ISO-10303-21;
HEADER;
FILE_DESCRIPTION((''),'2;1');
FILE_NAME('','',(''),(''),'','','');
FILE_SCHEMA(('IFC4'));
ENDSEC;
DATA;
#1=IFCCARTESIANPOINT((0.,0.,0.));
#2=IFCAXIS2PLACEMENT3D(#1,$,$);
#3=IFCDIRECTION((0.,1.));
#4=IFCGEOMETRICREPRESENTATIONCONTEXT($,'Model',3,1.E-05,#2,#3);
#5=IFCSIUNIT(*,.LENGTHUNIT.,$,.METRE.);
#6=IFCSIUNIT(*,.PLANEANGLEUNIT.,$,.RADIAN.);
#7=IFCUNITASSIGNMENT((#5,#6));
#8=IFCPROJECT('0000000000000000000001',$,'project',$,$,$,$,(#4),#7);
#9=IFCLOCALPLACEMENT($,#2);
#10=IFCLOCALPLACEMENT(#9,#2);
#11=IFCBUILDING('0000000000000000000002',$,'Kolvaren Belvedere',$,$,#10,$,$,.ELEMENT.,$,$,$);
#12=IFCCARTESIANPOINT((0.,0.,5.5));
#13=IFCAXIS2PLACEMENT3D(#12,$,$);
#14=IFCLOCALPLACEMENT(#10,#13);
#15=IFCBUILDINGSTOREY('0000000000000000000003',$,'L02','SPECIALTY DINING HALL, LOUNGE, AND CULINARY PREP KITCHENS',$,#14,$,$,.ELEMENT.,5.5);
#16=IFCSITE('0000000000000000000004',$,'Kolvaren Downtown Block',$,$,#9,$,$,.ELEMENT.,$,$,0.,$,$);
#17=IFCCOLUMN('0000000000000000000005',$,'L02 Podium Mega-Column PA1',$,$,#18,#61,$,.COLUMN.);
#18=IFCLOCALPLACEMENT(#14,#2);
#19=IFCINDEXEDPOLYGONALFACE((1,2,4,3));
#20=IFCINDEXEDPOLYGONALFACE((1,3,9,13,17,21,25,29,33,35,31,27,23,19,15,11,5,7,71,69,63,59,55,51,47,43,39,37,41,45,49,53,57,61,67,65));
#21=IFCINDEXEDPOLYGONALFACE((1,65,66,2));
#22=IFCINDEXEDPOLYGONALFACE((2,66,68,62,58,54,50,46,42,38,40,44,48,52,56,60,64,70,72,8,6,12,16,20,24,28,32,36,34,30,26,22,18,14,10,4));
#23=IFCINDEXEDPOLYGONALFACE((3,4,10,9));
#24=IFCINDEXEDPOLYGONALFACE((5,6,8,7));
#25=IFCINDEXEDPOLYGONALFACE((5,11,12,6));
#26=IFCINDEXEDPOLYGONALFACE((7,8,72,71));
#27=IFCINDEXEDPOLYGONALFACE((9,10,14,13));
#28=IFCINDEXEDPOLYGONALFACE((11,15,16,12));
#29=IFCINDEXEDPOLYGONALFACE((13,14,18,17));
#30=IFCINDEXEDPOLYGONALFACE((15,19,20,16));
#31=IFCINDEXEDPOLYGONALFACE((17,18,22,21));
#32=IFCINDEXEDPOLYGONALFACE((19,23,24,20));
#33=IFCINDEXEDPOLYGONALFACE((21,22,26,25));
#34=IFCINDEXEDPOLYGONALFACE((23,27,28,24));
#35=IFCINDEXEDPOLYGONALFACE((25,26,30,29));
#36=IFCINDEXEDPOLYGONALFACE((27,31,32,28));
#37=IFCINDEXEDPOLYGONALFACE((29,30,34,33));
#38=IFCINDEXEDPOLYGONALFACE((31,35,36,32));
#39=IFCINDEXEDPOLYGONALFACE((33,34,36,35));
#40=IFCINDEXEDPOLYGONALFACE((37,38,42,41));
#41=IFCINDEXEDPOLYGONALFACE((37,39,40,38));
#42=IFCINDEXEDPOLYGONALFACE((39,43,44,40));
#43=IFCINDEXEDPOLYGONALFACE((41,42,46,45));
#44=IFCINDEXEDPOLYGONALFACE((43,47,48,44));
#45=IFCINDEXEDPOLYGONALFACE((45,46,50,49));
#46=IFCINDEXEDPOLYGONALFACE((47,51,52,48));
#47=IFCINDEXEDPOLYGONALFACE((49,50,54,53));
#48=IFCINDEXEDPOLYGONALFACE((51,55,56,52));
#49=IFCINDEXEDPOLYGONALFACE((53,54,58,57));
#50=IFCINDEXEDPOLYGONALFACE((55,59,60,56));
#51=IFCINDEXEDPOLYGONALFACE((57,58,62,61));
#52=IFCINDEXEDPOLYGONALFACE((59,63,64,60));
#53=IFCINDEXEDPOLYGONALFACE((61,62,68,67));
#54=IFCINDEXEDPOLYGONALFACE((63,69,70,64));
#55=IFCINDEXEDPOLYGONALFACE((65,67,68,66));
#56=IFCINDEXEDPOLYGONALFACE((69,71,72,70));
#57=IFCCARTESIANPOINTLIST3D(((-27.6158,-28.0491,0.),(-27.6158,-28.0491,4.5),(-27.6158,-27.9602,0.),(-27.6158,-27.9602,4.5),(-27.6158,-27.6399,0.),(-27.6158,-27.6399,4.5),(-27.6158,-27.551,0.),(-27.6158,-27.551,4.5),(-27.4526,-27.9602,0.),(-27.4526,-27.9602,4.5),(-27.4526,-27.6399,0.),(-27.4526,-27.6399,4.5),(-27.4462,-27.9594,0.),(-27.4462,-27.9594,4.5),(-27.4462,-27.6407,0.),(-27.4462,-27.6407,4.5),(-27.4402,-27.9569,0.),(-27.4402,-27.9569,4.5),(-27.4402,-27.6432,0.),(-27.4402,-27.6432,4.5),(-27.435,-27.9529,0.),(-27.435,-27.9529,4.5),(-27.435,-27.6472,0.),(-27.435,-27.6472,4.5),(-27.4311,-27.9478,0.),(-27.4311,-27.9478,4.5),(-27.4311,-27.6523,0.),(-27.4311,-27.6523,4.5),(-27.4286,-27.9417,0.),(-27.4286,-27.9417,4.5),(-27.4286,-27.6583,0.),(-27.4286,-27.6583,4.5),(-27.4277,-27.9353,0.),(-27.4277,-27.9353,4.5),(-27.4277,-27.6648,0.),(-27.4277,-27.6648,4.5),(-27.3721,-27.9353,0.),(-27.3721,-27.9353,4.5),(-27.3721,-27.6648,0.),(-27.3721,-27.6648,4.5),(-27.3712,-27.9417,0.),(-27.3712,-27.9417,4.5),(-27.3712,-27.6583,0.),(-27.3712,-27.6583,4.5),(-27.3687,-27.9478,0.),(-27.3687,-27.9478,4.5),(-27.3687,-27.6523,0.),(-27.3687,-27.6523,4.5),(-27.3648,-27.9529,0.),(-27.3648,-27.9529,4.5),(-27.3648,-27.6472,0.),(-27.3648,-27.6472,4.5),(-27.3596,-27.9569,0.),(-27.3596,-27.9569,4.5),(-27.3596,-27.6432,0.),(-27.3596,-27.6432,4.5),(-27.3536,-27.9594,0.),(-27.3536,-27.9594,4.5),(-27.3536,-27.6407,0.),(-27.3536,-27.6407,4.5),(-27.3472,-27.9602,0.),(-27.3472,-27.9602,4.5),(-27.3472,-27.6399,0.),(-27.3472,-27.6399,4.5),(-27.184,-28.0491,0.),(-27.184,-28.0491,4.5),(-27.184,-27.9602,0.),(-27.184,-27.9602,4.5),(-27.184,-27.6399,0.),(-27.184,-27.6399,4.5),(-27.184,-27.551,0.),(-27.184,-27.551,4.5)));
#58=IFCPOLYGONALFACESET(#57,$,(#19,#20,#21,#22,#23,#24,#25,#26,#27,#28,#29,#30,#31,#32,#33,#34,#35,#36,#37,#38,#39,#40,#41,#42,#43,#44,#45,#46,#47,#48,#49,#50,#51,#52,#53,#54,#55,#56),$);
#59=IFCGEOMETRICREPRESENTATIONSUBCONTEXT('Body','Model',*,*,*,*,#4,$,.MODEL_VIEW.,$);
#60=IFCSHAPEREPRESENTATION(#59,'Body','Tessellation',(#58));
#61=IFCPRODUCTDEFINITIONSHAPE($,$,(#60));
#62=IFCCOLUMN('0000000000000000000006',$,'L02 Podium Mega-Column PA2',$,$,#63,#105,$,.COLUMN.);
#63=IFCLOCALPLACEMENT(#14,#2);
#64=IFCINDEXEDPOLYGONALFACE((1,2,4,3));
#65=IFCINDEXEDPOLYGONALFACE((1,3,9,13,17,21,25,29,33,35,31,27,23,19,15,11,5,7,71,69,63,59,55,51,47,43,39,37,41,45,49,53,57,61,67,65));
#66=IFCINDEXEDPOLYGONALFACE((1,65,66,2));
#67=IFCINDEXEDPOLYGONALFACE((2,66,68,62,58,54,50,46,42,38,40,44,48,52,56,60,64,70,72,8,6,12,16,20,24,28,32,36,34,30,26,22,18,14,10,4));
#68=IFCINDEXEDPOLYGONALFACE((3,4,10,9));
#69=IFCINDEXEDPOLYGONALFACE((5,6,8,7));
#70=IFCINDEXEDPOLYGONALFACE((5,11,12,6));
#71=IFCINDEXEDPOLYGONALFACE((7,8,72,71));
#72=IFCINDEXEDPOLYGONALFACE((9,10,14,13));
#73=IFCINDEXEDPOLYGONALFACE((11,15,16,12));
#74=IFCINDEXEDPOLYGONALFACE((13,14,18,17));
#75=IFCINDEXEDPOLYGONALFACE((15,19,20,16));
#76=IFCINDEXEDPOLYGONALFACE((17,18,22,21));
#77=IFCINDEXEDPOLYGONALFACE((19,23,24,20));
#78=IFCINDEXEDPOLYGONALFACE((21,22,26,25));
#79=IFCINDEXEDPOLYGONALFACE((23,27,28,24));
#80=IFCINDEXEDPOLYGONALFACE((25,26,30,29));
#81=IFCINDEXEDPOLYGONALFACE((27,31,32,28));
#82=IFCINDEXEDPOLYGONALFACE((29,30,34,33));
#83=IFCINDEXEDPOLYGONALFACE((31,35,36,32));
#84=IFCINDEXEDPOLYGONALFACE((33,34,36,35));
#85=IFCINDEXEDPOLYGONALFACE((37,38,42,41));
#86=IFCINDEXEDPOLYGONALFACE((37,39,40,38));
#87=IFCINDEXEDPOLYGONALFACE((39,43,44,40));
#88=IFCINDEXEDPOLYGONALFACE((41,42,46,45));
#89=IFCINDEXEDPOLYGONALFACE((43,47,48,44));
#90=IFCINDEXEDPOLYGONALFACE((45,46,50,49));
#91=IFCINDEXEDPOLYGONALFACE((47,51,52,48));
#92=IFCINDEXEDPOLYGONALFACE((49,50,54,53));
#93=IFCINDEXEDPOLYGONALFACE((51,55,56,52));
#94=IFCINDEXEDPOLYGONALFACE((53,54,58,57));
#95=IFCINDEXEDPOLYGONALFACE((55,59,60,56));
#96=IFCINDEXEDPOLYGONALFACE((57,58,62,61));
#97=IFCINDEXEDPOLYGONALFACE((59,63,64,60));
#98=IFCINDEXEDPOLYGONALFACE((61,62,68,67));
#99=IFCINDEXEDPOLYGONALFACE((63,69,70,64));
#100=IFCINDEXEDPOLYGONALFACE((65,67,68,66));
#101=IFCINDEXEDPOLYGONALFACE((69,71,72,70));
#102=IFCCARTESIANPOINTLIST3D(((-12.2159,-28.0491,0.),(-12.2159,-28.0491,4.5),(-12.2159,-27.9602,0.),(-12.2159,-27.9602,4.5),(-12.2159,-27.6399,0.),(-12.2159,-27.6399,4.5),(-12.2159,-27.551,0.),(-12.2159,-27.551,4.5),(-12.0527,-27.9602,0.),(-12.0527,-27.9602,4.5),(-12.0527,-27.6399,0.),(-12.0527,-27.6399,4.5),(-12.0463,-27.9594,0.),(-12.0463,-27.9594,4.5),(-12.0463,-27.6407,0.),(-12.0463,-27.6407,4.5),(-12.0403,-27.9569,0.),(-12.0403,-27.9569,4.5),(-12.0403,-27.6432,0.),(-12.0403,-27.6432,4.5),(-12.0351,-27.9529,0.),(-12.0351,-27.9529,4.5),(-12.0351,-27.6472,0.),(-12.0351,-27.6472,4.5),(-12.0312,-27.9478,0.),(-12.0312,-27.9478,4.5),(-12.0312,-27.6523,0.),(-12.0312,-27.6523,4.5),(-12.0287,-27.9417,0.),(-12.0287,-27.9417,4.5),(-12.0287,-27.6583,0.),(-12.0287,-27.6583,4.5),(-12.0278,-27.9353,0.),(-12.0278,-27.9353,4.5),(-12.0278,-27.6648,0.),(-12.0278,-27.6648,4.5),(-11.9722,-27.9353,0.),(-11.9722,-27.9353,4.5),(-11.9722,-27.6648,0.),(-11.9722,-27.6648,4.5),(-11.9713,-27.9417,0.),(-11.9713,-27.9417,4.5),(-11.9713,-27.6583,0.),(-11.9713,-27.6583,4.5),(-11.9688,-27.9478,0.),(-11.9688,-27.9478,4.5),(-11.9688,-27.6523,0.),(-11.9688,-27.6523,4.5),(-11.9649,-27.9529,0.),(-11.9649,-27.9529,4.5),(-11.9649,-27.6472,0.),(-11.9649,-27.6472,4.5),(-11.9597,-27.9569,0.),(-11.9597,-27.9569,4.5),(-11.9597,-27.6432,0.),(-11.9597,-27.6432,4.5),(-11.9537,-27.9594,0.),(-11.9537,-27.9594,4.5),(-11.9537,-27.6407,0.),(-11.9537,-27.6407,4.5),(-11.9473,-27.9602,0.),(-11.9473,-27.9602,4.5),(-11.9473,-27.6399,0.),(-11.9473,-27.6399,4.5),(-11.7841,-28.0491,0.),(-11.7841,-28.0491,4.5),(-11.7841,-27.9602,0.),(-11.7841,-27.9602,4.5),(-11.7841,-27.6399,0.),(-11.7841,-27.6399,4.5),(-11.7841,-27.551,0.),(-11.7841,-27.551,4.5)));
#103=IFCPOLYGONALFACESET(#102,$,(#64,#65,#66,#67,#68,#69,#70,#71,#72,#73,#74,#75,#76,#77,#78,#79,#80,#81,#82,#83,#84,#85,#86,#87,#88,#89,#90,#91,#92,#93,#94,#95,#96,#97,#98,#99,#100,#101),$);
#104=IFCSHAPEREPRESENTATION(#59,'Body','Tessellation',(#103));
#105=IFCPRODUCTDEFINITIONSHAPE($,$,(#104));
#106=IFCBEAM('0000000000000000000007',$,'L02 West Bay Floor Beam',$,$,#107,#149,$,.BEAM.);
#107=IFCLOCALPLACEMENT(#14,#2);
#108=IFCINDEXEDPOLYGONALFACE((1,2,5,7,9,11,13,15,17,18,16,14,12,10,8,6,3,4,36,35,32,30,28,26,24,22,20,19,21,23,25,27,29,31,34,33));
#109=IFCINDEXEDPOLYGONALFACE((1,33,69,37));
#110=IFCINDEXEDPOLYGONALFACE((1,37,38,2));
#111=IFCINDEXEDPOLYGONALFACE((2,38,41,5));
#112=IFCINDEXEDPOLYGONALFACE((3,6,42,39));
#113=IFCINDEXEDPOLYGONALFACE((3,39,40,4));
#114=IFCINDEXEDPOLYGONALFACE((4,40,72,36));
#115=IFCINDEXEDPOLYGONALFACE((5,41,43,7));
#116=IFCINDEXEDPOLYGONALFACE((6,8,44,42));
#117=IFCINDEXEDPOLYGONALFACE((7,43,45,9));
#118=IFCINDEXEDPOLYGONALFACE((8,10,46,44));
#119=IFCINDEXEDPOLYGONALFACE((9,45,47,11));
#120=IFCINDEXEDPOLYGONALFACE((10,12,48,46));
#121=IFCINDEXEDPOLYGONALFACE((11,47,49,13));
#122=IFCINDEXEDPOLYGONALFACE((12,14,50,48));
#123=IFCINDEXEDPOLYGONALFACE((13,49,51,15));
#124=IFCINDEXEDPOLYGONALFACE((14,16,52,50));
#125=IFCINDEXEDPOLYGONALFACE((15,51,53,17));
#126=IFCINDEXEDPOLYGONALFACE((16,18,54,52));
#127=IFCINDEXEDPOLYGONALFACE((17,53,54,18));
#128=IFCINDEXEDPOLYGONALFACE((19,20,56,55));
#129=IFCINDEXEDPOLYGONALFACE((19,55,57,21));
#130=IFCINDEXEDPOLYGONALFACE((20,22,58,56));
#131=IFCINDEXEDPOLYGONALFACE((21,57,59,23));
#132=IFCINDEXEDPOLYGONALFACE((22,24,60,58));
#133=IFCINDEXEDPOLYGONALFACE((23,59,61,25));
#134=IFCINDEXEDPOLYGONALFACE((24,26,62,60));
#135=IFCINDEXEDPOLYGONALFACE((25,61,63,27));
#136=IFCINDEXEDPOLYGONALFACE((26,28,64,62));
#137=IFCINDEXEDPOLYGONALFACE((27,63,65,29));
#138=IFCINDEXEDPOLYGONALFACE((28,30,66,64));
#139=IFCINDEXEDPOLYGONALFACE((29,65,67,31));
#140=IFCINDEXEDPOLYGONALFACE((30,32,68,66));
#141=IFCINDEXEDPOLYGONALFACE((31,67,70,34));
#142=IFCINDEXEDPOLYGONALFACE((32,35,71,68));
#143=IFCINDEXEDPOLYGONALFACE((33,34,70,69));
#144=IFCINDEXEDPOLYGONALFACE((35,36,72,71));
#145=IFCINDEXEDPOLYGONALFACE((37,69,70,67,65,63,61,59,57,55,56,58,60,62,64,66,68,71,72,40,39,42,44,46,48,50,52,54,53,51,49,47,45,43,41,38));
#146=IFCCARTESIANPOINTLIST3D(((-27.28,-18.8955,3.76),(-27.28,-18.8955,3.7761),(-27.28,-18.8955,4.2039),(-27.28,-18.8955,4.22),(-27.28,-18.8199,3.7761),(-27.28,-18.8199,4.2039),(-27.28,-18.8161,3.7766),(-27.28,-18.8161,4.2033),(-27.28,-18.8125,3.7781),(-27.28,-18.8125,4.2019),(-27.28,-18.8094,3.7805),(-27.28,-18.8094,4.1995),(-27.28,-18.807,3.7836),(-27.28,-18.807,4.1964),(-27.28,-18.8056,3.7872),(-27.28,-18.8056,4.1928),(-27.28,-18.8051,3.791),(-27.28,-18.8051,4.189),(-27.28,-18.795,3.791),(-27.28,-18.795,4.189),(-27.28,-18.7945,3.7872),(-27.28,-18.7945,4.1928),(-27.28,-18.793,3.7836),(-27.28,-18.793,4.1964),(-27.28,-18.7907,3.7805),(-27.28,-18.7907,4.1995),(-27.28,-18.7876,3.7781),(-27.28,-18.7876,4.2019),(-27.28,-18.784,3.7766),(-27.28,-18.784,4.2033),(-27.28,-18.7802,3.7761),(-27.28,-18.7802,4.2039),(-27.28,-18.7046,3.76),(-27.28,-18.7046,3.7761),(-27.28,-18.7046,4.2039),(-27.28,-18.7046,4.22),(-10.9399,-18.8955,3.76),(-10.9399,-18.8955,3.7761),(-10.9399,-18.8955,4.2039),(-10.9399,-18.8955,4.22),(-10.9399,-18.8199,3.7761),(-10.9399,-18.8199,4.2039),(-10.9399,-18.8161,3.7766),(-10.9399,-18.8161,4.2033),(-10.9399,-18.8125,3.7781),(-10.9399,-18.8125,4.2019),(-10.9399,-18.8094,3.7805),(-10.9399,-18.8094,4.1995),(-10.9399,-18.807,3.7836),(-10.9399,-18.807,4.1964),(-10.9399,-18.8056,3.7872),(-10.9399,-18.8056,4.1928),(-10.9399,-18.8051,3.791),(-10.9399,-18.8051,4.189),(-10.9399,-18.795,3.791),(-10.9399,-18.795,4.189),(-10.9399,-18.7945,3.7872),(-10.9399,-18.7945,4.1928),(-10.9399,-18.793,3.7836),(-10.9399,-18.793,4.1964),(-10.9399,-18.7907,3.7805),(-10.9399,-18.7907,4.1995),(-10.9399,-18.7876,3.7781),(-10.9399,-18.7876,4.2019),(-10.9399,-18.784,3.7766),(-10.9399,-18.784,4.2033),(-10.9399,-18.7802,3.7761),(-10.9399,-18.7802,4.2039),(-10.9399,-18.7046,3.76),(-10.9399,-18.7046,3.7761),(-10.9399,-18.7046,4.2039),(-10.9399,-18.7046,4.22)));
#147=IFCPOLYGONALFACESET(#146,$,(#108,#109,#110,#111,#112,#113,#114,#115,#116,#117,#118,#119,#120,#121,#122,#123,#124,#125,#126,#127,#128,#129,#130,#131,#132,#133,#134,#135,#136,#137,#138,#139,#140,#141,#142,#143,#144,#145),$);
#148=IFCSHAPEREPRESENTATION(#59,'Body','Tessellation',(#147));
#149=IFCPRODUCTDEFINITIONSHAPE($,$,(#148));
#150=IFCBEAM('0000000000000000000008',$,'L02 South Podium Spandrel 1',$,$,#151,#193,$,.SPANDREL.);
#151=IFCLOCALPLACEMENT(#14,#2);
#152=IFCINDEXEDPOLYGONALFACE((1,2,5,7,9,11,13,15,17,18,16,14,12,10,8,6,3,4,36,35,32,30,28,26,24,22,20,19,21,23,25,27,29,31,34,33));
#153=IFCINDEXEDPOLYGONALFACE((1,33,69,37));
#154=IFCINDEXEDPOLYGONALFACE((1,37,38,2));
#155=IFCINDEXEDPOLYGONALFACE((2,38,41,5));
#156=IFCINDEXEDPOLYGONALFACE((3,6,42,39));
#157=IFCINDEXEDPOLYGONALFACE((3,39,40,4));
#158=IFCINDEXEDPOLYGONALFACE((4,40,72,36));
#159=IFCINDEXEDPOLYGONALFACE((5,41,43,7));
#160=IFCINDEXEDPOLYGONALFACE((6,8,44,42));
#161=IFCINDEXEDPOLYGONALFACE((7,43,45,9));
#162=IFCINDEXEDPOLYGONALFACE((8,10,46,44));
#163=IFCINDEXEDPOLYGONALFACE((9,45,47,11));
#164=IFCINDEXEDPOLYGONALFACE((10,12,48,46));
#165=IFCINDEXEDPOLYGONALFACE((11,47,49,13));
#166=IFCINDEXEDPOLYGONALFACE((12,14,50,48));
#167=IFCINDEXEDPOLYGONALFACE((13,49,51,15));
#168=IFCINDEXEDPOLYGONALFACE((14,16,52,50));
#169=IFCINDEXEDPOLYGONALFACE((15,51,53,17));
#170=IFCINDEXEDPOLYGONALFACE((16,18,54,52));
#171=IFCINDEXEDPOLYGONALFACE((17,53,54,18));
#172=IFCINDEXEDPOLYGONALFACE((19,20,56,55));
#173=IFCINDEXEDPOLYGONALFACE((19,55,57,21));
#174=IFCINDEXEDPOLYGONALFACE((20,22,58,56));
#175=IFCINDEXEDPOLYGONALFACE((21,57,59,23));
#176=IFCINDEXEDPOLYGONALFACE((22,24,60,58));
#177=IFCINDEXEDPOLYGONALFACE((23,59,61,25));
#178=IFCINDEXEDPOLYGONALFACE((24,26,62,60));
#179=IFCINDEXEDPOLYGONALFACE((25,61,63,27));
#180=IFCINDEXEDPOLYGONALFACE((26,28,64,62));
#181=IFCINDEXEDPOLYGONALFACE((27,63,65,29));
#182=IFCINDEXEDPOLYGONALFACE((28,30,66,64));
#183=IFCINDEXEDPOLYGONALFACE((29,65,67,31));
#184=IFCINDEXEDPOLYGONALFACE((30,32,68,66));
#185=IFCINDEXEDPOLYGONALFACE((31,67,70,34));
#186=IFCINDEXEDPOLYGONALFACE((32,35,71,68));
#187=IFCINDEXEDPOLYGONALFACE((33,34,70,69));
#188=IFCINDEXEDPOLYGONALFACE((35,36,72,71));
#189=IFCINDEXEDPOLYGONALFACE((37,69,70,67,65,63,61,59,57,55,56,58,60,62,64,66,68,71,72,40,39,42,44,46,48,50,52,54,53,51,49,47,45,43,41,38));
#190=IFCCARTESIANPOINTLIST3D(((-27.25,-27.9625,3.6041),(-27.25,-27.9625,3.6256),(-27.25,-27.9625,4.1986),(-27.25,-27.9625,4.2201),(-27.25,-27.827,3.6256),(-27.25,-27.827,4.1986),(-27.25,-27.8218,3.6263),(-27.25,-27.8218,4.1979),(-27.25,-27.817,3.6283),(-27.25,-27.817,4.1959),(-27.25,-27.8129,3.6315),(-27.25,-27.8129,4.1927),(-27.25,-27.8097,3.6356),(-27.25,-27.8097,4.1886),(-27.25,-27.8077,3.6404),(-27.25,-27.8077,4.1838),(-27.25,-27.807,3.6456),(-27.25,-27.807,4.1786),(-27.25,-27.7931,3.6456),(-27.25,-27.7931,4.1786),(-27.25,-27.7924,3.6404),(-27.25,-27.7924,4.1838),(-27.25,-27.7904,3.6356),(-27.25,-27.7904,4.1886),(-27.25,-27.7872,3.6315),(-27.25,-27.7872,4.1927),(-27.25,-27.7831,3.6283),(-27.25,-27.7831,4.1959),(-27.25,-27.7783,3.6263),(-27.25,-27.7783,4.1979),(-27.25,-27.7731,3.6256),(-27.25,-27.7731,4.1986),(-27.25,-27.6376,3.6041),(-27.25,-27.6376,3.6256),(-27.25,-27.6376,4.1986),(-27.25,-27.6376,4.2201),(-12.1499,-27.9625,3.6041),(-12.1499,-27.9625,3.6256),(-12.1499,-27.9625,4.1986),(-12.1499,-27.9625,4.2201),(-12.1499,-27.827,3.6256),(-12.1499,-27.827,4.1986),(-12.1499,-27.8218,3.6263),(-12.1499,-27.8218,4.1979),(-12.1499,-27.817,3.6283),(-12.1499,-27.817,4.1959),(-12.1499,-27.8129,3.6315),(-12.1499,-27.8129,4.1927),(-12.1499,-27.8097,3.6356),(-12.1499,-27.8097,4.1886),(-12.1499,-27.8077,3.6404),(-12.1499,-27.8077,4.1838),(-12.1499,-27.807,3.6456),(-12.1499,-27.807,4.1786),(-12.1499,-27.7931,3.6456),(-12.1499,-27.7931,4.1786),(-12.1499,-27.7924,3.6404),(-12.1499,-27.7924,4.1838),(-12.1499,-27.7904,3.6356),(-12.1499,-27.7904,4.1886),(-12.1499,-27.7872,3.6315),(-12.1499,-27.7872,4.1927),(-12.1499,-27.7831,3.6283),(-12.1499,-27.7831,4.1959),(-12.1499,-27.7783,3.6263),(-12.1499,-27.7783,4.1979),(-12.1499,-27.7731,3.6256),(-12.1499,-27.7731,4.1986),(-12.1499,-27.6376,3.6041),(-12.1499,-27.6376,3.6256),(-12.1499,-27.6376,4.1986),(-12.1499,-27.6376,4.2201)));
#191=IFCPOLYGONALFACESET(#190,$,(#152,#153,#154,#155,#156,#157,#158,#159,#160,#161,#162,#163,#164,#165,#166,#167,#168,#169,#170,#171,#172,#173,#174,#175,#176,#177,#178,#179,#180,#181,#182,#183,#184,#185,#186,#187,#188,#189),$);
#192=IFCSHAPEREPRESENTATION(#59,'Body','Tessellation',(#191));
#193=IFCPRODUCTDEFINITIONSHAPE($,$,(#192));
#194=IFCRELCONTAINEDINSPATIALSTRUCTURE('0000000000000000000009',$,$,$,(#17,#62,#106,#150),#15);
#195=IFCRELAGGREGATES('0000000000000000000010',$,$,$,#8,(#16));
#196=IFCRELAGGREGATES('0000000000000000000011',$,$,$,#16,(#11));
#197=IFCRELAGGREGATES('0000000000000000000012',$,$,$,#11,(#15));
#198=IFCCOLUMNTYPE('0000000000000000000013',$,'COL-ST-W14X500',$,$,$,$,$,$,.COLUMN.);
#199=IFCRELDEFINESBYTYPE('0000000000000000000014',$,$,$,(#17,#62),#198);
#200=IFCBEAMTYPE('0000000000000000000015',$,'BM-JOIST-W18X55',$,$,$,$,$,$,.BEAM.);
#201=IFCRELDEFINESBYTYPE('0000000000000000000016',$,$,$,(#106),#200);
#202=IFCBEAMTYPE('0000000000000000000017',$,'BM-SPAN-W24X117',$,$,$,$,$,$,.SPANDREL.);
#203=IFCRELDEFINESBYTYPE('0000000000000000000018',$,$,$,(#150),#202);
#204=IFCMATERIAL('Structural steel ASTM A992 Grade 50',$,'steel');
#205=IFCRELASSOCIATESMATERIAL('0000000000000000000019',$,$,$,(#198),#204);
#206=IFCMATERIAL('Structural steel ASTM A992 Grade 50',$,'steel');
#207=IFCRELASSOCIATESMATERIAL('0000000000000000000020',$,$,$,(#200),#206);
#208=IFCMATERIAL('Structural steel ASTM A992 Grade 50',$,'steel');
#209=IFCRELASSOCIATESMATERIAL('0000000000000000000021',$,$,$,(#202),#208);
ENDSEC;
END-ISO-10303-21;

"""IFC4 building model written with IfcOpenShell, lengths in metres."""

from ifc_helpers import new_model, si_unit, direction, frame, origin, origin_2d, place, context, subcontext, project, spatial, i_section, extrude, material, material_profile, profile_set, type_object, element, save


model = new_model("IFC4")

# Units and contexts
model_context = context("Model", 3, precision=1e-05, world=origin(), true_north=direction((0.0, 1.0)))
body_context = subcontext(model_context, "Body", "Model", "MODEL_VIEW")
ifc_project = project(units=[si_unit("LENGTHUNIT", "METRE"), si_unit("PLANEANGLEUNIT", "RADIAN")], contexts=[model_context])

# Site, building, storey
site_placement = place(None, origin())
site = spatial("IfcSite", under=ifc_project, at=site_placement, Name="Kolvaren Downtown Block", CompositionType="ELEMENT", RefElevation=0.0)
building_placement = place(site_placement, origin())
building = spatial("IfcBuilding", under=site, at=building_placement, Name="Kolvaren Belvedere", CompositionType="ELEMENT")
storey_placement = place(building_placement, frame((0.0, 0.0, 5.5)))
storey = spatial("IfcBuildingStorey", under=building, at=storey_placement, Name="L02", Description="SPECIALTY DINING HALL, LOUNGE, AND CULINARY PREP KITCHENS", CompositionType="ELEMENT", Elevation=5.5)

# Columns
ifc_material_1 = material(Name="Structural steel ASTM A992 Grade 50", Category="steel")
ifc_material_profile_1 = material_profile(ifc_material_1, i_section(OverallWidth=0.4319, OverallDepth=0.498, WebThickness=0.0557, FlangeThickness=0.0889, FilletRadius=0.0249, at=origin_2d()), Name="W14X500")
ifc_profile_set_1 = profile_set([ifc_material_profile_1], Name="Structural steel ASTM A992 Grade 50")
column_type = type_object("IfcColumnType", Name="COL-ST-W14X500", PredefinedType="COLUMN", material=ifc_profile_set_1)
for number, where, z_axis, x_axis, name in (
    (1, (-27.3999, -27.8, 0.0), (0.0, 0.0, 1.0), (1.0, 0.0, 0.0), "L02 Podium Mega-Column PA1"),
    (2, (-12.0, -27.8, 0.0), (0.0, 0.0, 1.0), (1.0, 0.0, 0.0), "L02 Podium Mega-Column PA2"),
):
    element("IfcColumn", number, at=place(storey_placement, frame(where, z_axis=z_axis, x_axis=x_axis)), inside=storey, type_object=column_type, Name=name, PredefinedType="COLUMN", context=body_context, shape_type="SweptSolid", body=[
        extrude(i_section(OverallWidth=0.4319, OverallDepth=0.498, WebThickness=0.0557, FlangeThickness=0.0889, FilletRadius=0.0249, at=origin_2d()), origin(), (0.0, 0.0, 1.0), 4.5),
    ])

# Beams
ifc_material_2 = material(Name="Structural steel ASTM A992 Grade 50", Category="steel")
ifc_material_profile_2 = material_profile(ifc_material_2, i_section(OverallWidth=0.1909, OverallDepth=0.46, WebThickness=0.01, FlangeThickness=0.0161, FilletRadius=0.0149, at=origin_2d()), Name="W18X55")
ifc_profile_set_2 = profile_set([ifc_material_profile_2], Name="Structural steel ASTM A992 Grade 50")
beam_type_1 = type_object("IfcBeamType", Name="BM-JOIST-W18X55", PredefinedType="BEAM", material=ifc_profile_set_2)
beam_1_placement = place(storey_placement, frame((-27.28, -18.8, 3.99), z_axis=(1.0, 0.0, 0.0), x_axis=(0.0, 1.0, 0.0)))
element("IfcBeam", 3, at=beam_1_placement, inside=storey, type_object=beam_type_1, Name="L02 West Bay Floor Beam", PredefinedType="BEAM", context=body_context, shape_type="SweptSolid", body=[
    extrude(i_section(OverallWidth=0.1909, OverallDepth=0.46, WebThickness=0.01, FlangeThickness=0.0161, FilletRadius=0.0149, at=origin_2d()), origin(), (0.0, 0.0, 1.0), 16.3401),
])
ifc_material_3 = material(Name="Structural steel ASTM A992 Grade 50", Category="steel")
ifc_material_profile_3 = material_profile(ifc_material_3, i_section(OverallWidth=0.325, OverallDepth=0.616, WebThickness=0.0139, FlangeThickness=0.0215, FilletRadius=0.02, at=origin_2d()), Name="W24X117")
ifc_profile_set_3 = profile_set([ifc_material_profile_3], Name="Structural steel ASTM A992 Grade 50")
beam_type_2 = type_object("IfcBeamType", Name="BM-SPAN-W24X117", PredefinedType="SPANDREL", material=ifc_profile_set_3)
beam_2_placement = place(storey_placement, frame((-27.25, -27.8, 3.9121), z_axis=(1.0, 0.0, 0.0), x_axis=(0.0, 1.0, 0.0)))
element("IfcBeam", 4, at=beam_2_placement, inside=storey, type_object=beam_type_2, Name="L02 South Podium Spandrel 1", PredefinedType="SPANDREL", context=body_context, shape_type="SweptSolid", body=[
    extrude(i_section(OverallWidth=0.325, OverallDepth=0.616, WebThickness=0.0139, FlangeThickness=0.0215, FilletRadius=0.02, at=origin_2d()), origin(), (0.0, 0.0, 1.0), 15.1001),
])

save(model, "model.ifc")
